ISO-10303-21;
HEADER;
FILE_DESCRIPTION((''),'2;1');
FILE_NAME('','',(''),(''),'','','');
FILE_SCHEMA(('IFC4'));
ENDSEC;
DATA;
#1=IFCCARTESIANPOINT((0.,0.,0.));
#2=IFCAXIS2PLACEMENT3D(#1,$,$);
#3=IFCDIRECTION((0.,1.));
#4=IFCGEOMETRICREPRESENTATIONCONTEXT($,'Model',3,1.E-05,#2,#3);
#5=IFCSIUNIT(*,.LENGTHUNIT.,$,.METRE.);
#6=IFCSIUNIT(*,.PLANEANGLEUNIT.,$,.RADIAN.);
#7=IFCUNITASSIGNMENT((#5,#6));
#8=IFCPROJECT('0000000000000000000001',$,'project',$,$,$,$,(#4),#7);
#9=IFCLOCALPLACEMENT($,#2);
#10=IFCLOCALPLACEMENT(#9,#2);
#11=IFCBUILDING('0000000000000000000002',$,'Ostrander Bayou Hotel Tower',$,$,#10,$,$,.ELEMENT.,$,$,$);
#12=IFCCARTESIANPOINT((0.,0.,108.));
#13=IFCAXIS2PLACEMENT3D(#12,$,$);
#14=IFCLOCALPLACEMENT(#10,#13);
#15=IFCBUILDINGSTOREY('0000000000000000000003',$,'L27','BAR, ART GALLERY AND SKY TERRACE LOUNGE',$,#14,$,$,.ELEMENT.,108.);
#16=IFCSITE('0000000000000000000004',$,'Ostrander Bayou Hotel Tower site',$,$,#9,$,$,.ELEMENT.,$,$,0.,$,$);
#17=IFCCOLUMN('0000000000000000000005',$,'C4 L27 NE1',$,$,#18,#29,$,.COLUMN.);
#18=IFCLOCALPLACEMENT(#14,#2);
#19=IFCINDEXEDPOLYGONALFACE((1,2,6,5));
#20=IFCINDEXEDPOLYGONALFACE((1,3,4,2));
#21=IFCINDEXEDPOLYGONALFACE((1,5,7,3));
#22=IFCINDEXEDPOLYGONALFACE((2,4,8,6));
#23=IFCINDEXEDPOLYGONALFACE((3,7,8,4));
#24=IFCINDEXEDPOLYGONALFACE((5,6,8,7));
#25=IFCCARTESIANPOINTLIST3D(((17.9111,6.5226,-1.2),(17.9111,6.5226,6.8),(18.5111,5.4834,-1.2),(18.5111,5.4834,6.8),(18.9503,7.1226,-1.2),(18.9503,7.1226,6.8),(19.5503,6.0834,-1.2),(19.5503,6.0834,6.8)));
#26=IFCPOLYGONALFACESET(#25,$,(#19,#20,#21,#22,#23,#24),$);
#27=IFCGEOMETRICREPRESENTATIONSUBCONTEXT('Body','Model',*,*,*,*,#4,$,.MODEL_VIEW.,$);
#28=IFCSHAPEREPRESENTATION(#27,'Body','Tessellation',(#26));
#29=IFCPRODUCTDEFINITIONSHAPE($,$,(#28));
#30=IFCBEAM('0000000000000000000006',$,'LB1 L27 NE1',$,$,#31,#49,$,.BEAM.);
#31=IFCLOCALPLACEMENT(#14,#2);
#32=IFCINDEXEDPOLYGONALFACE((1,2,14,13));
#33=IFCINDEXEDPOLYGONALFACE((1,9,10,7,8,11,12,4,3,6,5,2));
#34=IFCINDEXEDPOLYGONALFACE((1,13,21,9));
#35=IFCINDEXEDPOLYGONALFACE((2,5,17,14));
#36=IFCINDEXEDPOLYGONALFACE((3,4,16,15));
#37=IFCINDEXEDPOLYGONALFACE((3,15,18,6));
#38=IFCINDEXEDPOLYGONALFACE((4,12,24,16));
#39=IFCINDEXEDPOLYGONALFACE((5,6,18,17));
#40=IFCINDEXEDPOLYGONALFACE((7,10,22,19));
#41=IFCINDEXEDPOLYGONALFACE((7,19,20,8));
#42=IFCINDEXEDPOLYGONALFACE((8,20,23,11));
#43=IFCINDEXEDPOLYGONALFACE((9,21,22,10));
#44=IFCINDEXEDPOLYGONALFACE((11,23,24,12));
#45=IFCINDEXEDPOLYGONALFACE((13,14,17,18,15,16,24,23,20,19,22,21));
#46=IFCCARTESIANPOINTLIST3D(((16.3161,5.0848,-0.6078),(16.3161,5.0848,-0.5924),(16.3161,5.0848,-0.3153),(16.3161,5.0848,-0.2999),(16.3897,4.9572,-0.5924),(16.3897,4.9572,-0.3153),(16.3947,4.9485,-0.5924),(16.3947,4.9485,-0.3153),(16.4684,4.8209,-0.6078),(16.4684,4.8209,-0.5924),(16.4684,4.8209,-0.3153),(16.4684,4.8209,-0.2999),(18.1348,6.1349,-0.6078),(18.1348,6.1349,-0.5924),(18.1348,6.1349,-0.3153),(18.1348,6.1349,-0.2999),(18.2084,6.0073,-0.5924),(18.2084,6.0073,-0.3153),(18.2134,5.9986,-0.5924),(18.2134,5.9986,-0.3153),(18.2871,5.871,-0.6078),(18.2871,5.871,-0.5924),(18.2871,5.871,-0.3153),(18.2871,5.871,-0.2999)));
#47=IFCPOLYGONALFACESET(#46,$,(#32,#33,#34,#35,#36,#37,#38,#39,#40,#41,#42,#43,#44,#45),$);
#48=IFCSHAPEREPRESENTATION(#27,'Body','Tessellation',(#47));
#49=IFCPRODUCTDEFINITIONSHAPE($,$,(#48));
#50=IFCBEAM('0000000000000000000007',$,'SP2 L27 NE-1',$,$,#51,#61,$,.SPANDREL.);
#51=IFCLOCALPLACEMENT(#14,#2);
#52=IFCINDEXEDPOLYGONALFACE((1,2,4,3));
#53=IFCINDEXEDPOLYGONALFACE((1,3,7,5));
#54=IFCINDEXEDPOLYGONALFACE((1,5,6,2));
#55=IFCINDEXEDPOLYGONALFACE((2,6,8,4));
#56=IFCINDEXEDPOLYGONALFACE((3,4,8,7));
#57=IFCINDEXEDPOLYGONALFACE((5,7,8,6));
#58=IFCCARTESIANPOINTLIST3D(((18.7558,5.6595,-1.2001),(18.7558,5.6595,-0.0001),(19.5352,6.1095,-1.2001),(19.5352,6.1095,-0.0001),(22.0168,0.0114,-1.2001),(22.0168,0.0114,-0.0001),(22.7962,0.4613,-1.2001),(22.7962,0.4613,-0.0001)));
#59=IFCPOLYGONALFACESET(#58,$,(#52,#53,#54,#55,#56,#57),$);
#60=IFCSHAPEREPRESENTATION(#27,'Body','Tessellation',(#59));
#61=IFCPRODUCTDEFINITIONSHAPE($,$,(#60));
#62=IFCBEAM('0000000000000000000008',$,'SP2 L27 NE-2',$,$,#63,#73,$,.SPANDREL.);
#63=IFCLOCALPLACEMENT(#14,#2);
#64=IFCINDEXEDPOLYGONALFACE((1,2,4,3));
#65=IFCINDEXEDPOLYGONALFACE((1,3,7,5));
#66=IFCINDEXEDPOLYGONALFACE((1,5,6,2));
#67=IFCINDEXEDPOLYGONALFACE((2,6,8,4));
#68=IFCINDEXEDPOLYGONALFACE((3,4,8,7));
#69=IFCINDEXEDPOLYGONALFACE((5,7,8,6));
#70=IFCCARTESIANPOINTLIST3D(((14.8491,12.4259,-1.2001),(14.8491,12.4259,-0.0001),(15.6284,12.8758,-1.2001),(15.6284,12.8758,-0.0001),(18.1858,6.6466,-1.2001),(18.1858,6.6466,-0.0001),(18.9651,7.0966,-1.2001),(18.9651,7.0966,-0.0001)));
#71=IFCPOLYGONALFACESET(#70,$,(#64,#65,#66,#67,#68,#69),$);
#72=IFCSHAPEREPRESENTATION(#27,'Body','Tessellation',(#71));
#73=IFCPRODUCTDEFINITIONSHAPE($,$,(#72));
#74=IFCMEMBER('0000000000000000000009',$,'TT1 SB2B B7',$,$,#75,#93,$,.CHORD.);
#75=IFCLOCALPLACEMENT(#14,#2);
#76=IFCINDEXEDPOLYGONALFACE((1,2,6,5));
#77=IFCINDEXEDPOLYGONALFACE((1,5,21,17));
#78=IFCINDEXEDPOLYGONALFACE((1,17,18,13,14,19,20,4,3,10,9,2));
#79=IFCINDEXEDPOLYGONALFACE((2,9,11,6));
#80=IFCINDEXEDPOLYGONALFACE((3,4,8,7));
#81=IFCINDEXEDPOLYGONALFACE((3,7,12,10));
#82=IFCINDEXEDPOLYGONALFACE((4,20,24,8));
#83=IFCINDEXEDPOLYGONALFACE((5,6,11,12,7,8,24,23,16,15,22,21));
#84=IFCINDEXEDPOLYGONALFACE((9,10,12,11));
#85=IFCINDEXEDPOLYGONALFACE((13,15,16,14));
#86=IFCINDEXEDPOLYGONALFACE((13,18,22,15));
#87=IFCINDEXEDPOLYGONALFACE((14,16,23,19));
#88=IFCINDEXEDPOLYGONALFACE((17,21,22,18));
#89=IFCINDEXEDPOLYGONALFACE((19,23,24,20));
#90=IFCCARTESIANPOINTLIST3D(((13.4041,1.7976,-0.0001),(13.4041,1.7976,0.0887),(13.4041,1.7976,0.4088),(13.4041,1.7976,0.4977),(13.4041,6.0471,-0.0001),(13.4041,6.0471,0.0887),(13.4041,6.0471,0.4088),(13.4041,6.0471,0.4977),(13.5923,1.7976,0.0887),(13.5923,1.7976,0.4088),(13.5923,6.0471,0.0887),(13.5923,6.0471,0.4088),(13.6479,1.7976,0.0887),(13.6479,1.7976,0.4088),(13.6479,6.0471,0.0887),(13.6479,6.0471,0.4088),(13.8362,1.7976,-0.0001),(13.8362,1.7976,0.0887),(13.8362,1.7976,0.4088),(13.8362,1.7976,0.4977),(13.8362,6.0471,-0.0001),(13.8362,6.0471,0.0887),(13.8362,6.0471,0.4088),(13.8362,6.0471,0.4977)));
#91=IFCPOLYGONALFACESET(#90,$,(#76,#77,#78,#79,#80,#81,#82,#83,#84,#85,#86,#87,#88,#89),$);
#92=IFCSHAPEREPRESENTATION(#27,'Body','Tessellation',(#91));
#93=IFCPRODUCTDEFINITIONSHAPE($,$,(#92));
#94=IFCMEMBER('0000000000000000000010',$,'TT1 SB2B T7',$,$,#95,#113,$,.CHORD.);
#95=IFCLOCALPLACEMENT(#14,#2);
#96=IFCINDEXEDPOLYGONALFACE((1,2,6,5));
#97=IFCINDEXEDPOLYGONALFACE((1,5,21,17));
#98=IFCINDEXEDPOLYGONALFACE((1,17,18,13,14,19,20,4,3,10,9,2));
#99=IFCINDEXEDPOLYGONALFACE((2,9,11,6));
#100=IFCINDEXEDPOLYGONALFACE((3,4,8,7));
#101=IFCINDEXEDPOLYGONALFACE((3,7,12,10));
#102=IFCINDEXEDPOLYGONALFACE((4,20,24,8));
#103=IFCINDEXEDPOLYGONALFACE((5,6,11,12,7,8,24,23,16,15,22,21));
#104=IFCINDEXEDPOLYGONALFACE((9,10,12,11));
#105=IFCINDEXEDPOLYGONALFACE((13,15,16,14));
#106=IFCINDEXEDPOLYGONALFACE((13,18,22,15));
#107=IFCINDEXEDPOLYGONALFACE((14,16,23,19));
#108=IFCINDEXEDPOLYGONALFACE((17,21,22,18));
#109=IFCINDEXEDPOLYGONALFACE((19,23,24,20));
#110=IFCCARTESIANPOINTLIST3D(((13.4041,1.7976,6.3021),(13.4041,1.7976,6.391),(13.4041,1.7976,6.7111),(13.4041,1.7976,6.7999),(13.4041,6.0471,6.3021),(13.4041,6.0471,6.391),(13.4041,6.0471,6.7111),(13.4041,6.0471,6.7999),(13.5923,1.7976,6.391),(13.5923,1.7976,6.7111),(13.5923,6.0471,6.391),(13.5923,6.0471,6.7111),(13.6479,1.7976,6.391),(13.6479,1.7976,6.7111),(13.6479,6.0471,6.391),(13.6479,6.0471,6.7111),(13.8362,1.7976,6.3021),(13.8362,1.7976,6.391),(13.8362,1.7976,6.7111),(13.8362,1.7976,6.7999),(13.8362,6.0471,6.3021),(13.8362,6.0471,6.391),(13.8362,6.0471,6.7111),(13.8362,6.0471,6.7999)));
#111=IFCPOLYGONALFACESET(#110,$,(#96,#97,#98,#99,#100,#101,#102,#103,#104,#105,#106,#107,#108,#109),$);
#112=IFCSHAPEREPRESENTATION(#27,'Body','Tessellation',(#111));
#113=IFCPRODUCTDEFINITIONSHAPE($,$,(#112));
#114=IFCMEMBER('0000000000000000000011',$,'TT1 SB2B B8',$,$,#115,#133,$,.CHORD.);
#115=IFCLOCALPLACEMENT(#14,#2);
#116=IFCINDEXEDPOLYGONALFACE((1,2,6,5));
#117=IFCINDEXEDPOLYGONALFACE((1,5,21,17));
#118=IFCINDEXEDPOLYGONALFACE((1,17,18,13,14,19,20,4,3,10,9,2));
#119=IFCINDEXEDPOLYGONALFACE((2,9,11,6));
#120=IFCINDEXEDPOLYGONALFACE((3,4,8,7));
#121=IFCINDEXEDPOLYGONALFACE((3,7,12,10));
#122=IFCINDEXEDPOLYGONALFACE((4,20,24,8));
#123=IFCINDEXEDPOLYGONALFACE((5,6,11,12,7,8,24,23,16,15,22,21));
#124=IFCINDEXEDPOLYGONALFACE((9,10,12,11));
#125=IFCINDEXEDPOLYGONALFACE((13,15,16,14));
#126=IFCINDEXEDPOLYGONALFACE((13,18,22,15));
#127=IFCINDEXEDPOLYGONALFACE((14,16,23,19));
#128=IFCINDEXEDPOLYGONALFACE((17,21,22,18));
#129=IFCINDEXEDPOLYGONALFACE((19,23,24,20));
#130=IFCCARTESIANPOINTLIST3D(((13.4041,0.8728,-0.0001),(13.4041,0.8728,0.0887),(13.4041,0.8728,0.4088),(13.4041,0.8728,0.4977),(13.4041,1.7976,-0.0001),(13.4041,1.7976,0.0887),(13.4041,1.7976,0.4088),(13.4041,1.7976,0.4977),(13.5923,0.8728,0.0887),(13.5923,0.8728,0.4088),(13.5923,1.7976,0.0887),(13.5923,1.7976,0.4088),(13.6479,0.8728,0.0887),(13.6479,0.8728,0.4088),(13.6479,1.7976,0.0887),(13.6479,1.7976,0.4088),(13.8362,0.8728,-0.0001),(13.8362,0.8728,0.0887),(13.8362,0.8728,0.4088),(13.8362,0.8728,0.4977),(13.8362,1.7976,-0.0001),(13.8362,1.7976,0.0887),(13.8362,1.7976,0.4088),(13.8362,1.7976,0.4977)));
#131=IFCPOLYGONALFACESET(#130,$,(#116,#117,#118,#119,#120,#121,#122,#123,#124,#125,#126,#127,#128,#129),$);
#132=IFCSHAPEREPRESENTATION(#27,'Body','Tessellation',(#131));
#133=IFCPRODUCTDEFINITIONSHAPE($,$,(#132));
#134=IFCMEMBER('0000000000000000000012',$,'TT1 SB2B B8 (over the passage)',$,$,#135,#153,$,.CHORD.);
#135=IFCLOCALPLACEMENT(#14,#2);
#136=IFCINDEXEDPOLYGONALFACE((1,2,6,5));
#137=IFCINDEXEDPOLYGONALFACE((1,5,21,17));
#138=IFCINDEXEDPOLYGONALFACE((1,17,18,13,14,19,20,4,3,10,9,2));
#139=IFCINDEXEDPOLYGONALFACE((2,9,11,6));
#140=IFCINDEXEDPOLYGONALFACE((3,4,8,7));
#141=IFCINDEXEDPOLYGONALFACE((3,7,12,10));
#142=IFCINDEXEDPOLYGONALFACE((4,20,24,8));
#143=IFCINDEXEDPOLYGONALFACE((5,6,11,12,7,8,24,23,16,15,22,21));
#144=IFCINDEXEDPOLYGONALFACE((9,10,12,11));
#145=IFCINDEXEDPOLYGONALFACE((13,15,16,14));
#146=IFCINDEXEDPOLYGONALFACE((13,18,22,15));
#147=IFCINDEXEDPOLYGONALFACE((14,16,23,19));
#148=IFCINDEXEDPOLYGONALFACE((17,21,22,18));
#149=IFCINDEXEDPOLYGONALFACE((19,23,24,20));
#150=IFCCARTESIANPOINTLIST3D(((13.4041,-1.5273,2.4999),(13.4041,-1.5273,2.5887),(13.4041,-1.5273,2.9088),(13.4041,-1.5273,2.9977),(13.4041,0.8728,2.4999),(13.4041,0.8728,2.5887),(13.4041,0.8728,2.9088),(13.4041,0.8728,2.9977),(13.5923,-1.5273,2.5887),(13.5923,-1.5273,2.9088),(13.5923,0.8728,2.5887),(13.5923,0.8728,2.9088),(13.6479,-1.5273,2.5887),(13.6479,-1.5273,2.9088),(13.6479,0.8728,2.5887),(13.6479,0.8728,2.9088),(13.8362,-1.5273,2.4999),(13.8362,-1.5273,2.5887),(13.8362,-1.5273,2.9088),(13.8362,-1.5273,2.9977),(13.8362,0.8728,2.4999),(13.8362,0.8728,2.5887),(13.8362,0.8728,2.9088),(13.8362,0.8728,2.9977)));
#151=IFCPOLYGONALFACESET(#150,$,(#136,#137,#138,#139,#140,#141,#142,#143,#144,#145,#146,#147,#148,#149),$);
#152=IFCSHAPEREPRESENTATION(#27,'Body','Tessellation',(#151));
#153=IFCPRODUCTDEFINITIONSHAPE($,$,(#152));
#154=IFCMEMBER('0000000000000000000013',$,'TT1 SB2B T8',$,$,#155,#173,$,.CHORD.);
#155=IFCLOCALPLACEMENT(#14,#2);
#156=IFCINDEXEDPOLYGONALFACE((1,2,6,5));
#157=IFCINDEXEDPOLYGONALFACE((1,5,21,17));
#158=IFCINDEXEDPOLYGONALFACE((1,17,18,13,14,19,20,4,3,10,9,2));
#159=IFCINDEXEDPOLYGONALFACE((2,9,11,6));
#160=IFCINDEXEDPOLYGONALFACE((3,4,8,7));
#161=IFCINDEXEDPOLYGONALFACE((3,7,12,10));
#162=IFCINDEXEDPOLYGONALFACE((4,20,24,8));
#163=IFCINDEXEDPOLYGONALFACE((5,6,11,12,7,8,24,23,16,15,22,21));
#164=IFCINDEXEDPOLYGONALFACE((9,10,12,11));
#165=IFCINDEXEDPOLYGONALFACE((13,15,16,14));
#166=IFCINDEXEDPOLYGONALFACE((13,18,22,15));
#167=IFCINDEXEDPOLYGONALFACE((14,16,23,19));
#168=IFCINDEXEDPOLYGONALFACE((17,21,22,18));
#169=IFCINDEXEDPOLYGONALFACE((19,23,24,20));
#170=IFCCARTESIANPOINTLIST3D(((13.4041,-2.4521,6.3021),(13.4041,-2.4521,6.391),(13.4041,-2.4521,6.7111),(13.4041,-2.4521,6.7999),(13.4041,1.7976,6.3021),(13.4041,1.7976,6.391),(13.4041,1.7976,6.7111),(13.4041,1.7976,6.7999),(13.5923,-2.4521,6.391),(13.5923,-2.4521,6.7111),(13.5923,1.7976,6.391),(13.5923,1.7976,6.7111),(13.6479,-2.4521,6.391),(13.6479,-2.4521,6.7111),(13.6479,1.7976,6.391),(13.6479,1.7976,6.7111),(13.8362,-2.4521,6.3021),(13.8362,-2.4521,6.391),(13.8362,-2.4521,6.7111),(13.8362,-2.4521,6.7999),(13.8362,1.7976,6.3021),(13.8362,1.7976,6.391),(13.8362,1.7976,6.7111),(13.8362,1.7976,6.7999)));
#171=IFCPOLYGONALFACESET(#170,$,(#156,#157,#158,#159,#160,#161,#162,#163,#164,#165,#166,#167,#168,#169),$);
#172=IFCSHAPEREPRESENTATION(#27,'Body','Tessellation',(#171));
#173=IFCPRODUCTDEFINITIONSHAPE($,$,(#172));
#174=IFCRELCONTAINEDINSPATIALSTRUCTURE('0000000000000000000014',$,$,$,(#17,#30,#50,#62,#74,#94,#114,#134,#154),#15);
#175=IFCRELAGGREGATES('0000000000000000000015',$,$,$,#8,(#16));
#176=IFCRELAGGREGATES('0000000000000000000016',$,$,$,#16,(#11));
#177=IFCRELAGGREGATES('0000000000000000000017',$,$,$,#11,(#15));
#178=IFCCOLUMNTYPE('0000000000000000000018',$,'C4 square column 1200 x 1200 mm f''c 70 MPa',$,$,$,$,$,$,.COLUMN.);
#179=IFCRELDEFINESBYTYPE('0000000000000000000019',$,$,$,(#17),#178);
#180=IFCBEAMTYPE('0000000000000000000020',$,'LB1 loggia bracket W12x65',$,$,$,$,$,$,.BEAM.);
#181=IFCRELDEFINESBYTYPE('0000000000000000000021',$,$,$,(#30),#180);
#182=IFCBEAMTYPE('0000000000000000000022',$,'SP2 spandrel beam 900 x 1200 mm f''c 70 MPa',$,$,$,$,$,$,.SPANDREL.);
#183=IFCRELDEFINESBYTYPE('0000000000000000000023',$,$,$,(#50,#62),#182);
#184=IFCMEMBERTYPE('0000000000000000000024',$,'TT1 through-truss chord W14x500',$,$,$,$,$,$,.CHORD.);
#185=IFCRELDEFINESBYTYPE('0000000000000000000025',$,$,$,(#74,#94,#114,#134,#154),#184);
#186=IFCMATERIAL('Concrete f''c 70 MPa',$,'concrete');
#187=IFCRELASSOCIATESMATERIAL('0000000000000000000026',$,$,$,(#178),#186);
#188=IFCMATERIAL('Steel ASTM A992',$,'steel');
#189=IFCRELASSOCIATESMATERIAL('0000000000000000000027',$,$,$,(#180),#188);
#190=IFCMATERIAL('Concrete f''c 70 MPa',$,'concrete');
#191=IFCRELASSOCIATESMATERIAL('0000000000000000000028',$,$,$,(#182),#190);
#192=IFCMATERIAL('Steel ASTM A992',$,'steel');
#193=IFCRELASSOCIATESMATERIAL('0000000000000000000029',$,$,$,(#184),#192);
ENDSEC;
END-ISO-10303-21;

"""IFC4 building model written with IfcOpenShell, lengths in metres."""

from ifc_helpers import new_model, si_unit, direction, frame, origin, origin_2d, place, context, subcontext, project, spatial, rectangle, i_section, extrude, material, material_profile, profile_set, type_object, element, save


model = new_model("IFC4")

# Units and contexts
model_context = context("Model", 3, precision=1e-05, world=origin(), true_north=direction((0.0, 1.0)))
body_context = subcontext(model_context, "Body", "Model", "MODEL_VIEW")
ifc_project = project(units=[si_unit("LENGTHUNIT", "METRE"), si_unit("PLANEANGLEUNIT", "RADIAN")], contexts=[model_context])

# Site, building, storey
site_placement = place(None, origin())
site = spatial("IfcSite", under=ifc_project, at=site_placement, Name="Ostrander Bayou Hotel Tower site", CompositionType="ELEMENT", RefElevation=0.0)
building_placement = place(site_placement, origin())
building = spatial("IfcBuilding", under=site, at=building_placement, Name="Ostrander Bayou Hotel Tower", CompositionType="ELEMENT")
storey_placement = place(building_placement, frame((0.0, 0.0, 108.0)))
storey = spatial("IfcBuildingStorey", under=building, at=storey_placement, Name="L27", Description="BAR, ART GALLERY AND SKY TERRACE LOUNGE", CompositionType="ELEMENT", Elevation=108.0)

# Column
ifc_material_1 = material(Name="Concrete f'c 70 MPa", Category="concrete")
ifc_material_profile_1 = material_profile(ifc_material_1, rectangle(XDim=1.2, YDim=1.2, at=origin_2d()))
ifc_profile_set_1 = profile_set([ifc_material_profile_1], Name="Concrete f'c 70 MPa")
column_type = type_object("IfcColumnType", Name="C4 square column 1200 x 1200 mm f'c 70 MPa", PredefinedType="COLUMN", material=ifc_profile_set_1)
column_placement = place(storey_placement, frame((18.7307, 6.303, -1.2), z_axis=(0.0, 0.0, 1.0), x_axis=(0.5, -0.866025, 0.0)))
element("IfcColumn", 1, at=column_placement, inside=storey, type_object=column_type, Name="C4 L27 NE1", PredefinedType="COLUMN", context=body_context, shape_type="SweptSolid", body=[
    extrude(rectangle(XDim=1.2, YDim=1.2, at=origin_2d()), origin(), (0.0, 0.0, 1.0), 8.0),
])

# Beams
ifc_material_2 = material(Name="Steel ASTM A992", Category="steel")
ifc_material_profile_2 = material_profile(ifc_material_2, i_section(OverallWidth=0.3047, OverallDepth=0.3079, WebThickness=0.01, FlangeThickness=0.0154, at=origin_2d()))
ifc_profile_set_2 = profile_set([ifc_material_profile_2], Name="Steel ASTM A992")
beam_type_1 = type_object("IfcBeamType", Name="LB1 loggia bracket W12x65", PredefinedType="BEAM", material=ifc_profile_set_2)
beam_1_placement = place(storey_placement, frame((18.2109, 6.0029, -0.4539), z_axis=(-0.866009, -0.500028, 0.0), x_axis=(0.500028, -0.866009, 0.0)))
element("IfcBeam", 2, at=beam_1_placement, inside=storey, type_object=beam_type_1, Name="LB1 L27 NE1", PredefinedType="BEAM", context=body_context, shape_type="SweptSolid", body=[
    extrude(i_section(OverallWidth=0.3047, OverallDepth=0.3079, WebThickness=0.01, FlangeThickness=0.0154, at=origin_2d()), origin(), (0.0, 0.0, 1.0), 2.1001),
])
ifc_material_3 = material(Name="Concrete f'c 70 MPa", Category="concrete")
ifc_material_profile_3 = material_profile(ifc_material_3, rectangle(XDim=0.8999, YDim=1.2, at=origin_2d()))
ifc_profile_set_3 = profile_set([ifc_material_profile_3], Name="Concrete f'c 70 MPa")
beam_type_2 = type_object("IfcBeamType", Name="SP2 spandrel beam 900 x 1200 mm f'c 70 MPa", PredefinedType="SPANDREL", material=ifc_profile_set_3)
beam_2_placement = place(storey_placement, frame((22.4065, 0.2363, -0.6001), z_axis=(-0.5, 0.866025, 0.0), x_axis=(-0.866025, -0.5, 0.0)))
element("IfcBeam", 3, at=beam_2_placement, inside=storey, type_object=beam_type_2, Name="SP2 L27 NE-1", PredefinedType="SPANDREL", context=body_context, shape_type="SweptSolid", body=[
    extrude(rectangle(XDim=0.8999, YDim=1.2, at=origin_2d()), origin(), (0.0, 0.0, 1.0), 6.522),
])
beam_3_placement = place(storey_placement, frame((18.5754, 6.8716, -0.6001), z_axis=(-0.499999, 0.866026, 0.0), x_axis=(-0.866026, -0.499999, 0.0)))
element("IfcBeam", 4, at=beam_3_placement, inside=storey, type_object=beam_type_2, Name="SP2 L27 NE-2", PredefinedType="SPANDREL", context=body_context, shape_type="SweptSolid", body=[
    extrude(rectangle(XDim=0.8999, YDim=1.2, at=origin_2d()), origin(), (0.0, 0.0, 1.0), 6.6733),
])

# Members
ifc_material_4 = material(Name="Steel ASTM A992", Category="steel")
ifc_material_profile_4 = material_profile(ifc_material_4, i_section(OverallWidth=0.4321, OverallDepth=0.4978, WebThickness=0.0557, FlangeThickness=0.0889, at=origin_2d()))
ifc_profile_set_4 = profile_set([ifc_material_profile_4], Name="Steel ASTM A992")
member_type_1 = type_object("IfcMemberType", Name="TT1 through-truss chord W14x500", PredefinedType="CHORD", material=ifc_profile_set_4)
for number, where, z_axis, x_axis, name in (
    (5, (13.6201, 6.0471, 0.2488), (0.0, -1.0, 0.0), (1.0, 0.0, 0.0), "TT1 SB2B B7"),
    (6, (13.6201, 6.0471, 6.551), (0.0, -1.0, 0.0), (1.0, 0.0, 0.0), "TT1 SB2B T7"),
):
    element("IfcMember", number, at=place(storey_placement, frame(where, z_axis=z_axis, x_axis=x_axis)), inside=storey, type_object=member_type_1, Name=name, PredefinedType="CHORD", context=body_context, shape_type="SweptSolid", body=[
        extrude(i_section(OverallWidth=0.4321, OverallDepth=0.4978, WebThickness=0.0557, FlangeThickness=0.0889, at=origin_2d()), origin(), (0.0, 0.0, 1.0), 4.2495),
    ])
member_1_placement = place(storey_placement, frame((13.6201, 1.7976, 0.2488), z_axis=(0.0, -1.0, 0.0), x_axis=(1.0, 0.0, 0.0)))
element("IfcMember", 7, at=member_1_placement, inside=storey, type_object=member_type_1, Name="TT1 SB2B B8", PredefinedType="CHORD", context=body_context, shape_type="SweptSolid", body=[
    extrude(i_section(OverallWidth=0.4321, OverallDepth=0.4978, WebThickness=0.0557, FlangeThickness=0.0889, at=origin_2d()), origin(), (0.0, 0.0, 1.0), 0.9248),
])
member_2_placement = place(storey_placement, frame((13.6201, 0.8728, 2.7488), z_axis=(0.0, -1.0, 0.0), x_axis=(1.0, 0.0, 0.0)))
element("IfcMember", 8, at=member_2_placement, inside=storey, type_object=member_type_1, Name="TT1 SB2B B8 (over the passage)", PredefinedType="CHORD", context=body_context, shape_type="SweptSolid", body=[
    extrude(i_section(OverallWidth=0.4321, OverallDepth=0.4978, WebThickness=0.0557, FlangeThickness=0.0889, at=origin_2d()), origin(), (0.0, 0.0, 1.0), 2.4001),
])
member_3_placement = place(storey_placement, frame((13.6201, 1.7976, 6.551), z_axis=(0.0, -1.0, 0.0), x_axis=(1.0, 0.0, 0.0)))
element("IfcMember", 9, at=member_3_placement, inside=storey, type_object=member_type_1, Name="TT1 SB2B T8", PredefinedType="CHORD", context=body_context, shape_type="SweptSolid", body=[
    extrude(i_section(OverallWidth=0.4321, OverallDepth=0.4978, WebThickness=0.0557, FlangeThickness=0.0889, at=origin_2d()), origin(), (0.0, 0.0, 1.0), 4.2498),
])

save(model, "model.ifc")
